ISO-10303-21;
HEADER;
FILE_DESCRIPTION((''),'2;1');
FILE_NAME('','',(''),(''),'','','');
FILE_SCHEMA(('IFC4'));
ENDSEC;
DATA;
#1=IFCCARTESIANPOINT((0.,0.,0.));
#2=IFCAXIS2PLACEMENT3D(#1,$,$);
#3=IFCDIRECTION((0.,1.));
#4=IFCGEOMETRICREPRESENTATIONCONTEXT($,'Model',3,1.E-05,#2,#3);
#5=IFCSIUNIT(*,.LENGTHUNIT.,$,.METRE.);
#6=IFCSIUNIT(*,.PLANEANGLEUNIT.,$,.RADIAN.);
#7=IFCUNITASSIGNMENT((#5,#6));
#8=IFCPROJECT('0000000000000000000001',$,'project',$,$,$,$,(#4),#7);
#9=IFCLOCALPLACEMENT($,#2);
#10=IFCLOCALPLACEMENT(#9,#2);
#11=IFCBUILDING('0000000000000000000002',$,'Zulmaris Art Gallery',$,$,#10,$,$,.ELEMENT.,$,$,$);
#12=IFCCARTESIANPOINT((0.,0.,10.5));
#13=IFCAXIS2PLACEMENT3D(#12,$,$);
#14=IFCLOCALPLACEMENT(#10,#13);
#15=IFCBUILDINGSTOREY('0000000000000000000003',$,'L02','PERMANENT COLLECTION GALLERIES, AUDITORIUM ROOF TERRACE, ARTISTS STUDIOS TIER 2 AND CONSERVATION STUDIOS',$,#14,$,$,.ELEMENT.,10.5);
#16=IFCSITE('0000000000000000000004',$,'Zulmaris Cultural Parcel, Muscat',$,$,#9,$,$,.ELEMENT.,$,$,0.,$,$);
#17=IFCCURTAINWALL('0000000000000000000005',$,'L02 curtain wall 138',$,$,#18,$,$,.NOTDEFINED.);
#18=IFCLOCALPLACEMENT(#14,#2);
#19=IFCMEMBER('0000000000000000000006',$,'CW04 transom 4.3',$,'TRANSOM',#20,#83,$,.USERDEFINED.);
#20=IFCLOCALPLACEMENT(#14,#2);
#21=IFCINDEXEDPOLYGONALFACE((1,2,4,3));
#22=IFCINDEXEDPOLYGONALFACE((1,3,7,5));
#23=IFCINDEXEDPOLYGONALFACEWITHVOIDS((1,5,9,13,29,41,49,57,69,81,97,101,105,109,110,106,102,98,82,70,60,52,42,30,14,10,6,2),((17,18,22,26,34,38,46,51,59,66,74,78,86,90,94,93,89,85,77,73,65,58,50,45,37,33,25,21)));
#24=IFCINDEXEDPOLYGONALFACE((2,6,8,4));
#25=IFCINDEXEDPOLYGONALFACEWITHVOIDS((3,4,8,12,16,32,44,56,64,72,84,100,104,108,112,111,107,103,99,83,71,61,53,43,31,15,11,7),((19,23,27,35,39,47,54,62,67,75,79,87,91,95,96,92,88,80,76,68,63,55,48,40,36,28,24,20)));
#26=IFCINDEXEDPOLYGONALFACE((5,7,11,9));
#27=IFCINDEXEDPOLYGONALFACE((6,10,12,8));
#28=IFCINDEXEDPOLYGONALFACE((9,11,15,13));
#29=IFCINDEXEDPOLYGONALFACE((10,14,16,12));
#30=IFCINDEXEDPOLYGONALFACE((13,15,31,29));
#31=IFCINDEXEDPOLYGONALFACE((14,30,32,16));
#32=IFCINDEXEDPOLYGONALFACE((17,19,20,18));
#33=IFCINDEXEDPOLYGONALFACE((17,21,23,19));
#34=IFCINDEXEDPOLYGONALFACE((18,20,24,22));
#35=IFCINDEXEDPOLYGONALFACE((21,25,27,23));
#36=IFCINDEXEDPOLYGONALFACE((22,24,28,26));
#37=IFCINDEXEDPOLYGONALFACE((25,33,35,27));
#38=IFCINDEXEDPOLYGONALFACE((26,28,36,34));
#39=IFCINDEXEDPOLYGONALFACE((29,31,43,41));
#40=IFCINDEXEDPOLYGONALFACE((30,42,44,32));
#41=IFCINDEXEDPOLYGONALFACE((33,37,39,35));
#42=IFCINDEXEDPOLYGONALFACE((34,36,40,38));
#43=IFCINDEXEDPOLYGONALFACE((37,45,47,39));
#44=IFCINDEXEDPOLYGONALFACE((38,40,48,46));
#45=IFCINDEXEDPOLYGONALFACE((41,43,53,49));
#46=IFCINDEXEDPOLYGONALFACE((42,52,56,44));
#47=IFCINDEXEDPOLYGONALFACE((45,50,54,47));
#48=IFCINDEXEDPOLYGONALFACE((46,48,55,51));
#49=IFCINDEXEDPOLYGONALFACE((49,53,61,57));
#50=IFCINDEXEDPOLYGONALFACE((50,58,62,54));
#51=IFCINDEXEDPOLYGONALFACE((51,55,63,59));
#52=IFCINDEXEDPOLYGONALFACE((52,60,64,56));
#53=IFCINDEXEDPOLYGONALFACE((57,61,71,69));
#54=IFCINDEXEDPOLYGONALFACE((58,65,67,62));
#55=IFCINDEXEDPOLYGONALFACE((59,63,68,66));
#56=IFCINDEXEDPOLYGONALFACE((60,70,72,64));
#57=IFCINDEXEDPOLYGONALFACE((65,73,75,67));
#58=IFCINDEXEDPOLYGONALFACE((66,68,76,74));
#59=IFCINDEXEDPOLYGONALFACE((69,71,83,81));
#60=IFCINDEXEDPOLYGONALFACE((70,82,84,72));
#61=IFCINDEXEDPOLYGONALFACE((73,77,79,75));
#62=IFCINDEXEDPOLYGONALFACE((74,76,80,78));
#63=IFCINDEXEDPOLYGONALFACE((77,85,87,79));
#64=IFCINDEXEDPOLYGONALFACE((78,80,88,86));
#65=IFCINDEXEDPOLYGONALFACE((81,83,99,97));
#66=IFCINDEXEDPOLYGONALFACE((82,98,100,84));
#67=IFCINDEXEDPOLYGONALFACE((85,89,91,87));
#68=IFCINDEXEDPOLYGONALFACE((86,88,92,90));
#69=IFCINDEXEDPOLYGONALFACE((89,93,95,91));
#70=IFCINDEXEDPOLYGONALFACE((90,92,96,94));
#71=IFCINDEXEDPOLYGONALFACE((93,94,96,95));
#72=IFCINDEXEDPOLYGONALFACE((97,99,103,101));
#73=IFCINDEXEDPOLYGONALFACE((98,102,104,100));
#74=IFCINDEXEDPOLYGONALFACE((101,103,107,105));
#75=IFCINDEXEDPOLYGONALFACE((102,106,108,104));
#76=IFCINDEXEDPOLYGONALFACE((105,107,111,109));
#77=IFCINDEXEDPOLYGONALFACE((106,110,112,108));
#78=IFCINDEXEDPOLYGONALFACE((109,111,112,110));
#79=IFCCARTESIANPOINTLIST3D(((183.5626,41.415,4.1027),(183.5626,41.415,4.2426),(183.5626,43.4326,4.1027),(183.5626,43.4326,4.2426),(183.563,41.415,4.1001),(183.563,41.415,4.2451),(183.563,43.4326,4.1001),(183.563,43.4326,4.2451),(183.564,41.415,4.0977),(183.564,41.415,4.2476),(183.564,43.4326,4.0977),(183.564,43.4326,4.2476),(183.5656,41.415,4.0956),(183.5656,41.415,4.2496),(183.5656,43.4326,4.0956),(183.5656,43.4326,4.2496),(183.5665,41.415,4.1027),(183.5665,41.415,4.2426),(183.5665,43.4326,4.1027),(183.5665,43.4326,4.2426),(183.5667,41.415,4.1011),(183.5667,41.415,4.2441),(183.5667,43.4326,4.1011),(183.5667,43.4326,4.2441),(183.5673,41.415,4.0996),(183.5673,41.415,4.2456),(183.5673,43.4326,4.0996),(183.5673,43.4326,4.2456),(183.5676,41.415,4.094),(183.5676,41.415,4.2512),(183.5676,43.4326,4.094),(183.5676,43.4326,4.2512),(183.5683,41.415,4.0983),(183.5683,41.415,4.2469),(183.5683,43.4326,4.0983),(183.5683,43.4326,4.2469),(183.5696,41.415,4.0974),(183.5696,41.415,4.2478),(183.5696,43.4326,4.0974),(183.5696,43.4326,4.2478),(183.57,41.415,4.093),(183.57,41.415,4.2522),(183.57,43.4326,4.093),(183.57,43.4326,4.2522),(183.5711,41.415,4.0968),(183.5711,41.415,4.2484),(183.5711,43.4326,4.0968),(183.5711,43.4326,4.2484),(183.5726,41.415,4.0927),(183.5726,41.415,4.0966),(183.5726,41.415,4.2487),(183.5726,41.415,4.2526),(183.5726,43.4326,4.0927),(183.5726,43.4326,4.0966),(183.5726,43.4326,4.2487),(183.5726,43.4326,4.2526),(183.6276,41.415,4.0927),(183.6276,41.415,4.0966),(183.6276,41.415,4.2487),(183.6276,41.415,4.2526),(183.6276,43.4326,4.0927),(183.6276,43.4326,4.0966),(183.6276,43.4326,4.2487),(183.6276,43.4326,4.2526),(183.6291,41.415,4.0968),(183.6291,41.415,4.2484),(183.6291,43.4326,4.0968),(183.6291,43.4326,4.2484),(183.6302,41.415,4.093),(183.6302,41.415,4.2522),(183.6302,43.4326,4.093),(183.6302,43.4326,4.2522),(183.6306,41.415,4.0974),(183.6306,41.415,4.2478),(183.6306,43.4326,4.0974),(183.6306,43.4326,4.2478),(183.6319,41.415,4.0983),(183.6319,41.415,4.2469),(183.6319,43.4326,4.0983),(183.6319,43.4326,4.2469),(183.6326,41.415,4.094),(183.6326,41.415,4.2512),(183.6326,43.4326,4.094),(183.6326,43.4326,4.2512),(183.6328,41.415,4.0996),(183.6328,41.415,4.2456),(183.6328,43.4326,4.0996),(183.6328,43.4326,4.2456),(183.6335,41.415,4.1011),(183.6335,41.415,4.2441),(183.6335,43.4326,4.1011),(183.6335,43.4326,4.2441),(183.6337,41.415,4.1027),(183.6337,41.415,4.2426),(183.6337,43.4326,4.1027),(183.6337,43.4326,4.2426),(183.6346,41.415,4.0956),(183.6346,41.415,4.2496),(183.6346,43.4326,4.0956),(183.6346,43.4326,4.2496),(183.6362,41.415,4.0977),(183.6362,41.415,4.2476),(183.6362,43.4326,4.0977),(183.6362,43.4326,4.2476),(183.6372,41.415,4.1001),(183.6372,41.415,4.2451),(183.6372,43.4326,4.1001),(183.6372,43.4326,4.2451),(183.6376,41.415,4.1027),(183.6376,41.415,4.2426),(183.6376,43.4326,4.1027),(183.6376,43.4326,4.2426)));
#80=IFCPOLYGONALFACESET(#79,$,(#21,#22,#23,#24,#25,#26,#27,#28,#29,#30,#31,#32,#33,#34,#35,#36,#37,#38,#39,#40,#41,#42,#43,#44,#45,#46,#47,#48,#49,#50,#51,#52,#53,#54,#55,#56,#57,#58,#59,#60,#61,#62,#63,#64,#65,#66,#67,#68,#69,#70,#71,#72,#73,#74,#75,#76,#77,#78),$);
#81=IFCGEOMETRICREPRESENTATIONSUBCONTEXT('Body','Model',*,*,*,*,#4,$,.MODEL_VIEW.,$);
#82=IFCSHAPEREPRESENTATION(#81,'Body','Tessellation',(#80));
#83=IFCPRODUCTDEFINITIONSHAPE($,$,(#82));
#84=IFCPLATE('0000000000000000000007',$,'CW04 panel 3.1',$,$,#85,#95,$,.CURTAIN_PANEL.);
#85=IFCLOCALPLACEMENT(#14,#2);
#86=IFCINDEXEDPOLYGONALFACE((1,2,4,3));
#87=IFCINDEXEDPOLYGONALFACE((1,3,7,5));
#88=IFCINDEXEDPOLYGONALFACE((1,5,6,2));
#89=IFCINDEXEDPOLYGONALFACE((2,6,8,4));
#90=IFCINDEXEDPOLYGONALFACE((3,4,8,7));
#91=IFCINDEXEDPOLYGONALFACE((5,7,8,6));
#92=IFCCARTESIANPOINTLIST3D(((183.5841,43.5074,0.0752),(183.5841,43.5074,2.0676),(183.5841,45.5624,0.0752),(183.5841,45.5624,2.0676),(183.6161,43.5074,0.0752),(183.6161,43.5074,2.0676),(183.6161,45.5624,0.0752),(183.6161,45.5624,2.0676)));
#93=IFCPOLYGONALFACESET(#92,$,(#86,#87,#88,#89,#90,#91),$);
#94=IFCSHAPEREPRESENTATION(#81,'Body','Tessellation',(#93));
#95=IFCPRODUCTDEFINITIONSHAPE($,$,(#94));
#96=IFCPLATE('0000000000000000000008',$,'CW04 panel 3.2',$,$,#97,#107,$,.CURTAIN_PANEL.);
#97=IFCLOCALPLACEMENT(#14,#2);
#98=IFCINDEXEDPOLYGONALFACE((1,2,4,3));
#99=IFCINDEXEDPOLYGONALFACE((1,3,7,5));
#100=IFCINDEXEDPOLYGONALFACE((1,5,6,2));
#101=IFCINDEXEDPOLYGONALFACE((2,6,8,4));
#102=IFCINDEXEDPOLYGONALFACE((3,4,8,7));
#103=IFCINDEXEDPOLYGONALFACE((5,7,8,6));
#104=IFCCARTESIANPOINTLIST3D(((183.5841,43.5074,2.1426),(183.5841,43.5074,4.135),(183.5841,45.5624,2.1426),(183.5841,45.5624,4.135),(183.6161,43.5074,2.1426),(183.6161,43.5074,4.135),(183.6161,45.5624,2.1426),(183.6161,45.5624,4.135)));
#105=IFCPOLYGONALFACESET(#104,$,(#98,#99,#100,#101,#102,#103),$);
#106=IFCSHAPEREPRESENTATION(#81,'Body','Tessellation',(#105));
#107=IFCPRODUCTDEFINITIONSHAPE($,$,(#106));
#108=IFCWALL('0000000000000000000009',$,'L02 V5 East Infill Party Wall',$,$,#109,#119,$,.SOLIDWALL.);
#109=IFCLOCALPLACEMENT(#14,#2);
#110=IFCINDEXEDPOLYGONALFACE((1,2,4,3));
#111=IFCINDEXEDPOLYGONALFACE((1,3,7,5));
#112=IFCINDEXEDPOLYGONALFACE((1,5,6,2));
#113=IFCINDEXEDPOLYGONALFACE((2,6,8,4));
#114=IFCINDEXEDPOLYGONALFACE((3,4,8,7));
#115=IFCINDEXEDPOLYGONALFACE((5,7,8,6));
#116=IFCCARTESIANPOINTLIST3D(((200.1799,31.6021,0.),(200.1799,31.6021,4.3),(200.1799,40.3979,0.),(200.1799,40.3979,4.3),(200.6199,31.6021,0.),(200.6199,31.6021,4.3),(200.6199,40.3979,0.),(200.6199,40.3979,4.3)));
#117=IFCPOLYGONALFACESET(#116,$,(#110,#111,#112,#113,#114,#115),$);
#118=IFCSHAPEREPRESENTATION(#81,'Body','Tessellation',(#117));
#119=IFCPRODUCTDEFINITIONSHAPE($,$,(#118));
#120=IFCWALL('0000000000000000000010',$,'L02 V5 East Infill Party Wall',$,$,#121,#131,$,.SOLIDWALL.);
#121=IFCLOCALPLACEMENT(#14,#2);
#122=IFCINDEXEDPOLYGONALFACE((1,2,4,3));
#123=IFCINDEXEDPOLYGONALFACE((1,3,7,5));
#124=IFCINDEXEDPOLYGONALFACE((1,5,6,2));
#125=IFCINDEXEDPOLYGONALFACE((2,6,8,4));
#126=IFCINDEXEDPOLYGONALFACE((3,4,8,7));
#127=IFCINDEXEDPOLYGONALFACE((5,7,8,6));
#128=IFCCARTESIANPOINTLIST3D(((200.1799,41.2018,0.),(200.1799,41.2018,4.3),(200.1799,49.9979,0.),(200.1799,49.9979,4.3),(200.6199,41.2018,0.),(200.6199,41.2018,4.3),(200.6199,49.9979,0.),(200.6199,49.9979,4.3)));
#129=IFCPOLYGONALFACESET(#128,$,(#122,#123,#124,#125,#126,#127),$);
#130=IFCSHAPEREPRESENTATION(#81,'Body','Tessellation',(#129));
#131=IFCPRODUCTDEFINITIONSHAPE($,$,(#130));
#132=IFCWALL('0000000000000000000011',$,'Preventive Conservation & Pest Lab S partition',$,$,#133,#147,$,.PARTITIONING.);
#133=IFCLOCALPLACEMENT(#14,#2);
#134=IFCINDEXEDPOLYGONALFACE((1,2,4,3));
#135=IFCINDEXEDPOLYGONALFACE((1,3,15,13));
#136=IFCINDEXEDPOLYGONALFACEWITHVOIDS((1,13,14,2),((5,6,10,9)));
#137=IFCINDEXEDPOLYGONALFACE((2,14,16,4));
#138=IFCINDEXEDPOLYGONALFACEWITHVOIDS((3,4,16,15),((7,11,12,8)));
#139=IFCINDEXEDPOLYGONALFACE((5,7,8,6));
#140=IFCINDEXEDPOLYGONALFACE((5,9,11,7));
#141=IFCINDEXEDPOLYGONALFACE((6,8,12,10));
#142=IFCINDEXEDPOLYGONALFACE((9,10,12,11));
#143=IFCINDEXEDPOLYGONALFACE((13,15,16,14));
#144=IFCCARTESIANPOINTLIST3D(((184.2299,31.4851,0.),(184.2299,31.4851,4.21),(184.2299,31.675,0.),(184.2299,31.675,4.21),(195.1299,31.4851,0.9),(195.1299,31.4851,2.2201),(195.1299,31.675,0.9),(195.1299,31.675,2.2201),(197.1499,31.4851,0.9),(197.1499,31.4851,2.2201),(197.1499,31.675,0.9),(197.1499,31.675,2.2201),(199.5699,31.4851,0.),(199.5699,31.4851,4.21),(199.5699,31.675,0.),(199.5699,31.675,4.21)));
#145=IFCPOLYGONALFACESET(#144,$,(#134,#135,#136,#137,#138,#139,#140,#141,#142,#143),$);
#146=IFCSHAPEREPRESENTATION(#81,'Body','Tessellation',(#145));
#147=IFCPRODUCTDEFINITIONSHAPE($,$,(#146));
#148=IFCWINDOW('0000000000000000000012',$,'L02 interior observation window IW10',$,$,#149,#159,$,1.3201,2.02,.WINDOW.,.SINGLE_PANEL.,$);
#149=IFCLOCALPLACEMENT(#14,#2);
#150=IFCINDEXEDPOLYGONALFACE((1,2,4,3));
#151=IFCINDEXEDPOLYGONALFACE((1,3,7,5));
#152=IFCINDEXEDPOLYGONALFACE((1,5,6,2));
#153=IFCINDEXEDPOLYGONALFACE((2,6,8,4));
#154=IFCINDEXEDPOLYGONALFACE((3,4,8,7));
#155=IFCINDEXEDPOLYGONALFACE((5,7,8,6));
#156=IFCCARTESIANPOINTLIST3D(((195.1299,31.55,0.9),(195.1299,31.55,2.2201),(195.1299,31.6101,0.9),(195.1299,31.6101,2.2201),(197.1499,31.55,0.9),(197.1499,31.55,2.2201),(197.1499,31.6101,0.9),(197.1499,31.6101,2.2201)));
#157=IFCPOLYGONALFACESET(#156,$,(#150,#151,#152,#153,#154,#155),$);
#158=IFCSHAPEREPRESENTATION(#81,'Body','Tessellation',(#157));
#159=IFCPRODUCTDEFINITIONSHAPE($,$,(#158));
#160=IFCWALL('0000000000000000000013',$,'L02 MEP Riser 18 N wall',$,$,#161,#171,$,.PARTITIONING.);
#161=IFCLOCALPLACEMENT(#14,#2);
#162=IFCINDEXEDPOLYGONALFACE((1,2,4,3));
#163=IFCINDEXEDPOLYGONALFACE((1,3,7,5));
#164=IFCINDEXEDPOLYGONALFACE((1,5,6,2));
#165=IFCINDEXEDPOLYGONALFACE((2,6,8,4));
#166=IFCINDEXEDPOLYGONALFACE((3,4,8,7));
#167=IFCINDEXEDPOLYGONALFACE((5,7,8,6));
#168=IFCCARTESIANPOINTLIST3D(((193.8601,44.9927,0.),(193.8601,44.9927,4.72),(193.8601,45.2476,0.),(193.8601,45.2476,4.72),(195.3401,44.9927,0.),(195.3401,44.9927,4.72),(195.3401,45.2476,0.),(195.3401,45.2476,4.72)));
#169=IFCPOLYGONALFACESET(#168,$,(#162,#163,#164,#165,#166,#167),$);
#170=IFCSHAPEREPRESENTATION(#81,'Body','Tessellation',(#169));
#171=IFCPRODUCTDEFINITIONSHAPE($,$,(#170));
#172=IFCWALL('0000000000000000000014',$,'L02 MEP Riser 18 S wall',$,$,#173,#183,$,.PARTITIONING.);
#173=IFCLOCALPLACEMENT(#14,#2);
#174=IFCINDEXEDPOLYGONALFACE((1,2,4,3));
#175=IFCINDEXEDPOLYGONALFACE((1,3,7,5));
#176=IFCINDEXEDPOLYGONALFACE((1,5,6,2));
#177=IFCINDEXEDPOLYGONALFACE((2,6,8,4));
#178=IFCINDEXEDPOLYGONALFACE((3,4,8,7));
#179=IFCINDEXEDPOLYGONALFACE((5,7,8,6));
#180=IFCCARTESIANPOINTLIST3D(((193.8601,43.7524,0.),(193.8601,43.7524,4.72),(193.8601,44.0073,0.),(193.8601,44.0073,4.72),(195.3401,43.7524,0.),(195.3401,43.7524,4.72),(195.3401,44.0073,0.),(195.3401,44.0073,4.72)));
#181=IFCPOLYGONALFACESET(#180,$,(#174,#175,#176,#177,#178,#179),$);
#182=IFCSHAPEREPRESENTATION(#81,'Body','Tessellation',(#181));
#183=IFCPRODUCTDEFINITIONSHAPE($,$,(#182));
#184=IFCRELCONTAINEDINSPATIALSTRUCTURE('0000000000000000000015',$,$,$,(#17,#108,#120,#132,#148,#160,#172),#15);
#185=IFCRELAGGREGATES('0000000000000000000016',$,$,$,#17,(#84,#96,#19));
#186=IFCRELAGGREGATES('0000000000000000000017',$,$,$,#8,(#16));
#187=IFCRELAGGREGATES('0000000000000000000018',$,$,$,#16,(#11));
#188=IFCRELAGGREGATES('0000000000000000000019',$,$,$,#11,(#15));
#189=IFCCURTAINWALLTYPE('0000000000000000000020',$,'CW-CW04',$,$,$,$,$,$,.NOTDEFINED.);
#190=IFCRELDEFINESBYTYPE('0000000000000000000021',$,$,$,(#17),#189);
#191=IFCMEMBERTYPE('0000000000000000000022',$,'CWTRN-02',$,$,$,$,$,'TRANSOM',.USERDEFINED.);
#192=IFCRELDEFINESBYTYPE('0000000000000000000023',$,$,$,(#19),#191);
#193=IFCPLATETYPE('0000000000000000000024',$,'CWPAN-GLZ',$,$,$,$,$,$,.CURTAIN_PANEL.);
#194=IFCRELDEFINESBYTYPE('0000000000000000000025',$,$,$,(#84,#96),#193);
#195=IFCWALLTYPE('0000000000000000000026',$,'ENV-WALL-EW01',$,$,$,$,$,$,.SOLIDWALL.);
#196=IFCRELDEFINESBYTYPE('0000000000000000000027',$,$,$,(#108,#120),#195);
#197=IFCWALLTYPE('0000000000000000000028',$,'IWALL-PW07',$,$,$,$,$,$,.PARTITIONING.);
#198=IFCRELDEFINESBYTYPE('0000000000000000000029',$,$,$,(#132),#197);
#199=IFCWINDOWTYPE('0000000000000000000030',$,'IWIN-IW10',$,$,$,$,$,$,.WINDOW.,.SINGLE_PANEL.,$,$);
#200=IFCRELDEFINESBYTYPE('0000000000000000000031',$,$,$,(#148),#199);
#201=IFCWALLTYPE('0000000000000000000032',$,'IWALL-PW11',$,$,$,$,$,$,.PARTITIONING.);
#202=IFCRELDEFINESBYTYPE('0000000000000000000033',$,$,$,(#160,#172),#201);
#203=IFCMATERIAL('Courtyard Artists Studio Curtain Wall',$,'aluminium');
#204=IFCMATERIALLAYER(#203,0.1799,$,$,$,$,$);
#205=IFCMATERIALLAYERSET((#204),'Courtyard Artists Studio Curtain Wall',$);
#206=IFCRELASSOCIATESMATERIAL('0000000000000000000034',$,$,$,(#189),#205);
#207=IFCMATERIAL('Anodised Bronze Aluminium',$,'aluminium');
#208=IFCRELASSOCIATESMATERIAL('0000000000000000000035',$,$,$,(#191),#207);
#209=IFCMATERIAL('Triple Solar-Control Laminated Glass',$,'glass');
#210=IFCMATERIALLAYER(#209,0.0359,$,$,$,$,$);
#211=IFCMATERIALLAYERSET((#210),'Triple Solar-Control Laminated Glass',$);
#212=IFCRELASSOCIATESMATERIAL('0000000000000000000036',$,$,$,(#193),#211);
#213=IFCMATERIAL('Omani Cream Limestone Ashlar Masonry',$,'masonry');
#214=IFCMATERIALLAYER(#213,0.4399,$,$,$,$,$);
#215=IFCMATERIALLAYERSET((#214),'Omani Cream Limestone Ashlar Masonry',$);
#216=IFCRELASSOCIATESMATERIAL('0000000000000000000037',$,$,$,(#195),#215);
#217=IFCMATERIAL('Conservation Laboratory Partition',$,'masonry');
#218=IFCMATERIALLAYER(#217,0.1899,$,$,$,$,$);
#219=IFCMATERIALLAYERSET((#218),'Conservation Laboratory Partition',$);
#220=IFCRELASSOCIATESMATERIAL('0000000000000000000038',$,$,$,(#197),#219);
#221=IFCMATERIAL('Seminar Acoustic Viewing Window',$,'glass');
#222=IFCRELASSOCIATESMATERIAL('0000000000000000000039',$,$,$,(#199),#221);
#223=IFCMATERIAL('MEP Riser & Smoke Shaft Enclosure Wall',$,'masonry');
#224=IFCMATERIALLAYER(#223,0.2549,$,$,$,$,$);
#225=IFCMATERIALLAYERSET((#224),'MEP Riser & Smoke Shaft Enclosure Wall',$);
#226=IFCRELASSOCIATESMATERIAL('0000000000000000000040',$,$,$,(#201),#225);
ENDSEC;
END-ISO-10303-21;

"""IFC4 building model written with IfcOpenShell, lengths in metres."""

from ifc_helpers import new_model, si_unit, direction, frame, frame_2d, origin, origin_2d, place, context, subcontext, project, spatial, rectangle, hollow_rectangle, extrude, material, layer, layer_set, material_profile, profile_set, type_object, element, fill, aggregate, save


model = new_model("IFC4")

# Units and contexts
model_context = context("Model", 3, precision=1e-05, world=origin(), true_north=direction((0.0, 1.0)))
body_context = subcontext(model_context, "Body", "Model", "MODEL_VIEW")
ifc_project = project(units=[si_unit("LENGTHUNIT", "METRE"), si_unit("PLANEANGLEUNIT", "RADIAN")], contexts=[model_context])

# Site, building, storey
site_placement = place(None, origin())
site = spatial("IfcSite", under=ifc_project, at=site_placement, Name="Zulmaris Cultural Parcel, Muscat", CompositionType="ELEMENT", RefElevation=0.0)
building_placement = place(site_placement, origin())
building = spatial("IfcBuilding", under=site, at=building_placement, Name="Zulmaris Art Gallery", CompositionType="ELEMENT")
storey_placement = place(building_placement, frame((0.0, 0.0, 10.5)))
storey = spatial("IfcBuildingStorey", under=building, at=storey_placement, Name="L02", Description="PERMANENT COLLECTION GALLERIES, AUDITORIUM ROOF TERRACE, ARTISTS STUDIOS TIER 2 AND CONSERVATION STUDIOS", CompositionType="ELEMENT", Elevation=10.5)

# Curtain wall, member, plates
ifc_material_1 = material(Name="Courtyard Artists Studio Curtain Wall", Category="aluminium")
ifc_layer_1 = layer(ifc_material_1, 0.1799)
ifc_layer_set_1 = layer_set([ifc_layer_1], Name="Courtyard Artists Studio Curtain Wall")
curtain_wall_type = type_object("IfcCurtainWallType", Name="CW-CW04", PredefinedType="NOTDEFINED", material=ifc_layer_set_1)
curtain_wall_placement = place(storey_placement, origin())
curtain_wall = element("IfcCurtainWall", 1, at=curtain_wall_placement, inside=storey, type_object=curtain_wall_type, Name="L02 curtain wall 138", PredefinedType="NOTDEFINED")
ifc_material_2 = material(Name="Anodised Bronze Aluminium", Category="aluminium")
ifc_material_profile_1 = material_profile(ifc_material_2, hollow_rectangle(XDim=0.075, YDim=0.1599, WallThickness=0.0039, InnerFilletRadius=0.0061, OuterFilletRadius=0.01, at=origin_2d()), Name="ALU 75x160x4")
ifc_profile_set_1 = profile_set([ifc_material_profile_1], Name="Anodised Bronze Aluminium")
member_type_1 = type_object("IfcMemberType", Name="CWTRN-02", ElementType="TRANSOM", PredefinedType="USERDEFINED", material=ifc_profile_set_1)
member_1_placement = place(storey_placement, frame((183.6001, 43.4326, 4.1726), z_axis=(0.0, -1.0, 0.0), x_axis=(1.0, 0.0, 0.0)))
member_1 = element("IfcMember", 2, at=member_1_placement, type_object=member_type_1, Name="CW04 transom 4.3", ObjectType="TRANSOM", PredefinedType="USERDEFINED", context=body_context, shape_type="SweptSolid", body=[
    extrude(hollow_rectangle(XDim=0.075, YDim=0.1599, WallThickness=0.0039, InnerFilletRadius=0.0061, OuterFilletRadius=0.01, at=origin_2d()), origin(), (0.0, 0.0, 1.0), 2.0176),
])
ifc_material_3 = material(Name="Triple Solar-Control Laminated Glass", Category="glass")
ifc_layer_2 = layer(ifc_material_3, 0.0359)
ifc_layer_set_2 = layer_set([ifc_layer_2], Name="Triple Solar-Control Laminated Glass")
plate_type = type_object("IfcPlateType", Name="CWPAN-GLZ", PredefinedType="CURTAIN_PANEL", material=ifc_layer_set_2)
plate_1_placement = place(storey_placement, frame((183.6001, 44.5349, 0.0752), z_axis=(0.0, 0.0, 1.0), x_axis=(0.0, -1.0, 0.0)))
plate_1 = element("IfcPlate", 3, at=plate_1_placement, type_object=plate_type, Name="CW04 panel 3.1", PredefinedType="CURTAIN_PANEL", context=body_context, shape_type="SweptSolid", body=[
    extrude(rectangle(XDim=2.0549, YDim=0.032, at=origin_2d()), origin(), (0.0, 0.0, 1.0), 1.9924),
])
plate_2_placement = place(storey_placement, frame((183.6001, 44.5349, 2.1426), z_axis=(0.0, 0.0, 1.0), x_axis=(0.0, -1.0, 0.0)))
plate_2 = element("IfcPlate", 4, at=plate_2_placement, type_object=plate_type, Name="CW04 panel 3.2", PredefinedType="CURTAIN_PANEL", context=body_context, shape_type="SweptSolid", body=[
    extrude(rectangle(XDim=2.0549, YDim=0.032, at=origin_2d()), origin(), (0.0, 0.0, 1.0), 1.9924),
])
aggregate(curtain_wall, [plate_1, plate_2, member_1])

# Walls
ifc_material_4 = material(Name="Omani Cream Limestone Ashlar Masonry", Category="masonry")
ifc_layer_3 = layer(ifc_material_4, 0.4399)
ifc_layer_set_3 = layer_set([ifc_layer_3], Name="Omani Cream Limestone Ashlar Masonry")
wall_type_1 = type_object("IfcWallType", Name="ENV-WALL-EW01", PredefinedType="SOLIDWALL", material=ifc_layer_set_3)
wall_1_placement = place(storey_placement, frame((200.3999, 31.6021, 0.0), z_axis=(0.0, 0.0, 1.0), x_axis=(0.0, 1.0, 0.0)))
element("IfcWall", 5, at=wall_1_placement, inside=storey, type_object=wall_type_1, Name="L02 V5 East Infill Party Wall", PredefinedType="SOLIDWALL", context=body_context, shape_type="SweptSolid", body=[
    extrude(rectangle(XDim=8.7959, YDim=0.4399, at=frame_2d((4.3979, 0.0))), origin(), (0.0, 0.0, 1.0), 4.3),
])
wall_2_placement = place(storey_placement, frame((200.3999, 41.2019, 0.0), z_axis=(0.0, 0.0, 1.0), x_axis=(0.0, 1.0, 0.0)))
element("IfcWall", 6, at=wall_2_placement, inside=storey, type_object=wall_type_1, Name="L02 V5 East Infill Party Wall", PredefinedType="SOLIDWALL", context=body_context, shape_type="SweptSolid", body=[
    extrude(rectangle(XDim=8.7961, YDim=0.4399, at=frame_2d((4.3979, 0.0))), origin(), (0.0, 0.0, 1.0), 4.3),
])

# Wall, opening, window
ifc_material_5 = material(Name="Conservation Laboratory Partition", Category="masonry")
ifc_layer_4 = layer(ifc_material_5, 0.1899)
ifc_layer_set_4 = layer_set([ifc_layer_4], Name="Conservation Laboratory Partition")
wall_type_2 = type_object("IfcWallType", Name="IWALL-PW07", PredefinedType="PARTITIONING", material=ifc_layer_set_4)
wall_3_placement = place(storey_placement, frame((184.23, 31.5801, 0.0), z_axis=(0.0, 0.0, 1.0), x_axis=(1.0, 0.0, 0.0)))
wall_3 = element("IfcWall", 7, at=wall_3_placement, inside=storey, type_object=wall_type_2, Name="Preventive Conservation & Pest Lab S partition", PredefinedType="PARTITIONING", context=body_context, shape_type="SweptSolid", body=[
    extrude(rectangle(XDim=15.3401, YDim=0.1899, at=frame_2d((7.6699, 0.0))), origin(), (0.0, 0.0, 1.0), 4.21),
])
opening_placement = place(wall_3_placement, frame((10.8999, 0.0, 0.8999)))
opening = element("IfcOpeningElement", 8, at=opening_placement, cuts=wall_3, PredefinedType="OPENING", context=body_context, shape_type="SweptSolid", body=[
    extrude(rectangle(XDim=2.02, YDim=1.3201, at=frame_2d((1.01, 0.6602))), frame((0.0, 0.105, 0.0), z_axis=(0.0, -1.0, 0.0), x_axis=(1.0, 0.0, 0.0)), (0.0, 0.0, 1.0), 0.21),
])
ifc_material_6 = material(Name="Seminar Acoustic Viewing Window", Category="glass")
window_type = type_object("IfcWindowType", Name="IWIN-IW10", PartitioningType="SINGLE_PANEL", PredefinedType="WINDOW", material=ifc_material_6)
window_placement = place(opening_placement, origin())
window = element("IfcWindow", 9, at=window_placement, inside=storey, type_object=window_type, Name="L02 interior observation window IW10", OverallHeight=1.3201, OverallWidth=2.02, PartitioningType="SINGLE_PANEL", PredefinedType="WINDOW", context=body_context, shape_type="SweptSolid", body=[
    extrude(rectangle(XDim=2.02, YDim=1.3201, at=frame_2d((1.01, 0.6602))), frame((0.0, 0.03, 0.0), z_axis=(0.0, -1.0, 0.0), x_axis=(1.0, 0.0, 0.0)), (0.0, 0.0, 1.0), 0.0601),
])
fill(opening, window)

# Walls
ifc_material_7 = material(Name="MEP Riser & Smoke Shaft Enclosure Wall", Category="masonry")
ifc_layer_5 = layer(ifc_material_7, 0.2549)
ifc_layer_set_5 = layer_set([ifc_layer_5], Name="MEP Riser & Smoke Shaft Enclosure Wall")
wall_type_3 = type_object("IfcWallType", Name="IWALL-PW11", PredefinedType="PARTITIONING", material=ifc_layer_set_5)
for number, where, z_axis, x_axis, name in (
    (10, (193.8601, 45.1201, 0.0), (0.0, 0.0, 1.0), (1.0, 0.0, 0.0), "L02 MEP Riser 18 N wall"),
    (11, (193.8601, 43.8799, 0.0), (0.0, 0.0, 1.0), (1.0, 0.0, 0.0), "L02 MEP Riser 18 S wall"),
):
    element("IfcWall", number, at=place(storey_placement, frame(where, z_axis=z_axis, x_axis=x_axis)), inside=storey, type_object=wall_type_3, Name=name, PredefinedType="PARTITIONING", context=body_context, shape_type="SweptSolid", body=[
        extrude(rectangle(XDim=1.48, YDim=0.2549, at=frame_2d((0.74, 0.0))), origin(), (0.0, 0.0, 1.0), 4.72),
    ])

save(model, "model.ifc")
